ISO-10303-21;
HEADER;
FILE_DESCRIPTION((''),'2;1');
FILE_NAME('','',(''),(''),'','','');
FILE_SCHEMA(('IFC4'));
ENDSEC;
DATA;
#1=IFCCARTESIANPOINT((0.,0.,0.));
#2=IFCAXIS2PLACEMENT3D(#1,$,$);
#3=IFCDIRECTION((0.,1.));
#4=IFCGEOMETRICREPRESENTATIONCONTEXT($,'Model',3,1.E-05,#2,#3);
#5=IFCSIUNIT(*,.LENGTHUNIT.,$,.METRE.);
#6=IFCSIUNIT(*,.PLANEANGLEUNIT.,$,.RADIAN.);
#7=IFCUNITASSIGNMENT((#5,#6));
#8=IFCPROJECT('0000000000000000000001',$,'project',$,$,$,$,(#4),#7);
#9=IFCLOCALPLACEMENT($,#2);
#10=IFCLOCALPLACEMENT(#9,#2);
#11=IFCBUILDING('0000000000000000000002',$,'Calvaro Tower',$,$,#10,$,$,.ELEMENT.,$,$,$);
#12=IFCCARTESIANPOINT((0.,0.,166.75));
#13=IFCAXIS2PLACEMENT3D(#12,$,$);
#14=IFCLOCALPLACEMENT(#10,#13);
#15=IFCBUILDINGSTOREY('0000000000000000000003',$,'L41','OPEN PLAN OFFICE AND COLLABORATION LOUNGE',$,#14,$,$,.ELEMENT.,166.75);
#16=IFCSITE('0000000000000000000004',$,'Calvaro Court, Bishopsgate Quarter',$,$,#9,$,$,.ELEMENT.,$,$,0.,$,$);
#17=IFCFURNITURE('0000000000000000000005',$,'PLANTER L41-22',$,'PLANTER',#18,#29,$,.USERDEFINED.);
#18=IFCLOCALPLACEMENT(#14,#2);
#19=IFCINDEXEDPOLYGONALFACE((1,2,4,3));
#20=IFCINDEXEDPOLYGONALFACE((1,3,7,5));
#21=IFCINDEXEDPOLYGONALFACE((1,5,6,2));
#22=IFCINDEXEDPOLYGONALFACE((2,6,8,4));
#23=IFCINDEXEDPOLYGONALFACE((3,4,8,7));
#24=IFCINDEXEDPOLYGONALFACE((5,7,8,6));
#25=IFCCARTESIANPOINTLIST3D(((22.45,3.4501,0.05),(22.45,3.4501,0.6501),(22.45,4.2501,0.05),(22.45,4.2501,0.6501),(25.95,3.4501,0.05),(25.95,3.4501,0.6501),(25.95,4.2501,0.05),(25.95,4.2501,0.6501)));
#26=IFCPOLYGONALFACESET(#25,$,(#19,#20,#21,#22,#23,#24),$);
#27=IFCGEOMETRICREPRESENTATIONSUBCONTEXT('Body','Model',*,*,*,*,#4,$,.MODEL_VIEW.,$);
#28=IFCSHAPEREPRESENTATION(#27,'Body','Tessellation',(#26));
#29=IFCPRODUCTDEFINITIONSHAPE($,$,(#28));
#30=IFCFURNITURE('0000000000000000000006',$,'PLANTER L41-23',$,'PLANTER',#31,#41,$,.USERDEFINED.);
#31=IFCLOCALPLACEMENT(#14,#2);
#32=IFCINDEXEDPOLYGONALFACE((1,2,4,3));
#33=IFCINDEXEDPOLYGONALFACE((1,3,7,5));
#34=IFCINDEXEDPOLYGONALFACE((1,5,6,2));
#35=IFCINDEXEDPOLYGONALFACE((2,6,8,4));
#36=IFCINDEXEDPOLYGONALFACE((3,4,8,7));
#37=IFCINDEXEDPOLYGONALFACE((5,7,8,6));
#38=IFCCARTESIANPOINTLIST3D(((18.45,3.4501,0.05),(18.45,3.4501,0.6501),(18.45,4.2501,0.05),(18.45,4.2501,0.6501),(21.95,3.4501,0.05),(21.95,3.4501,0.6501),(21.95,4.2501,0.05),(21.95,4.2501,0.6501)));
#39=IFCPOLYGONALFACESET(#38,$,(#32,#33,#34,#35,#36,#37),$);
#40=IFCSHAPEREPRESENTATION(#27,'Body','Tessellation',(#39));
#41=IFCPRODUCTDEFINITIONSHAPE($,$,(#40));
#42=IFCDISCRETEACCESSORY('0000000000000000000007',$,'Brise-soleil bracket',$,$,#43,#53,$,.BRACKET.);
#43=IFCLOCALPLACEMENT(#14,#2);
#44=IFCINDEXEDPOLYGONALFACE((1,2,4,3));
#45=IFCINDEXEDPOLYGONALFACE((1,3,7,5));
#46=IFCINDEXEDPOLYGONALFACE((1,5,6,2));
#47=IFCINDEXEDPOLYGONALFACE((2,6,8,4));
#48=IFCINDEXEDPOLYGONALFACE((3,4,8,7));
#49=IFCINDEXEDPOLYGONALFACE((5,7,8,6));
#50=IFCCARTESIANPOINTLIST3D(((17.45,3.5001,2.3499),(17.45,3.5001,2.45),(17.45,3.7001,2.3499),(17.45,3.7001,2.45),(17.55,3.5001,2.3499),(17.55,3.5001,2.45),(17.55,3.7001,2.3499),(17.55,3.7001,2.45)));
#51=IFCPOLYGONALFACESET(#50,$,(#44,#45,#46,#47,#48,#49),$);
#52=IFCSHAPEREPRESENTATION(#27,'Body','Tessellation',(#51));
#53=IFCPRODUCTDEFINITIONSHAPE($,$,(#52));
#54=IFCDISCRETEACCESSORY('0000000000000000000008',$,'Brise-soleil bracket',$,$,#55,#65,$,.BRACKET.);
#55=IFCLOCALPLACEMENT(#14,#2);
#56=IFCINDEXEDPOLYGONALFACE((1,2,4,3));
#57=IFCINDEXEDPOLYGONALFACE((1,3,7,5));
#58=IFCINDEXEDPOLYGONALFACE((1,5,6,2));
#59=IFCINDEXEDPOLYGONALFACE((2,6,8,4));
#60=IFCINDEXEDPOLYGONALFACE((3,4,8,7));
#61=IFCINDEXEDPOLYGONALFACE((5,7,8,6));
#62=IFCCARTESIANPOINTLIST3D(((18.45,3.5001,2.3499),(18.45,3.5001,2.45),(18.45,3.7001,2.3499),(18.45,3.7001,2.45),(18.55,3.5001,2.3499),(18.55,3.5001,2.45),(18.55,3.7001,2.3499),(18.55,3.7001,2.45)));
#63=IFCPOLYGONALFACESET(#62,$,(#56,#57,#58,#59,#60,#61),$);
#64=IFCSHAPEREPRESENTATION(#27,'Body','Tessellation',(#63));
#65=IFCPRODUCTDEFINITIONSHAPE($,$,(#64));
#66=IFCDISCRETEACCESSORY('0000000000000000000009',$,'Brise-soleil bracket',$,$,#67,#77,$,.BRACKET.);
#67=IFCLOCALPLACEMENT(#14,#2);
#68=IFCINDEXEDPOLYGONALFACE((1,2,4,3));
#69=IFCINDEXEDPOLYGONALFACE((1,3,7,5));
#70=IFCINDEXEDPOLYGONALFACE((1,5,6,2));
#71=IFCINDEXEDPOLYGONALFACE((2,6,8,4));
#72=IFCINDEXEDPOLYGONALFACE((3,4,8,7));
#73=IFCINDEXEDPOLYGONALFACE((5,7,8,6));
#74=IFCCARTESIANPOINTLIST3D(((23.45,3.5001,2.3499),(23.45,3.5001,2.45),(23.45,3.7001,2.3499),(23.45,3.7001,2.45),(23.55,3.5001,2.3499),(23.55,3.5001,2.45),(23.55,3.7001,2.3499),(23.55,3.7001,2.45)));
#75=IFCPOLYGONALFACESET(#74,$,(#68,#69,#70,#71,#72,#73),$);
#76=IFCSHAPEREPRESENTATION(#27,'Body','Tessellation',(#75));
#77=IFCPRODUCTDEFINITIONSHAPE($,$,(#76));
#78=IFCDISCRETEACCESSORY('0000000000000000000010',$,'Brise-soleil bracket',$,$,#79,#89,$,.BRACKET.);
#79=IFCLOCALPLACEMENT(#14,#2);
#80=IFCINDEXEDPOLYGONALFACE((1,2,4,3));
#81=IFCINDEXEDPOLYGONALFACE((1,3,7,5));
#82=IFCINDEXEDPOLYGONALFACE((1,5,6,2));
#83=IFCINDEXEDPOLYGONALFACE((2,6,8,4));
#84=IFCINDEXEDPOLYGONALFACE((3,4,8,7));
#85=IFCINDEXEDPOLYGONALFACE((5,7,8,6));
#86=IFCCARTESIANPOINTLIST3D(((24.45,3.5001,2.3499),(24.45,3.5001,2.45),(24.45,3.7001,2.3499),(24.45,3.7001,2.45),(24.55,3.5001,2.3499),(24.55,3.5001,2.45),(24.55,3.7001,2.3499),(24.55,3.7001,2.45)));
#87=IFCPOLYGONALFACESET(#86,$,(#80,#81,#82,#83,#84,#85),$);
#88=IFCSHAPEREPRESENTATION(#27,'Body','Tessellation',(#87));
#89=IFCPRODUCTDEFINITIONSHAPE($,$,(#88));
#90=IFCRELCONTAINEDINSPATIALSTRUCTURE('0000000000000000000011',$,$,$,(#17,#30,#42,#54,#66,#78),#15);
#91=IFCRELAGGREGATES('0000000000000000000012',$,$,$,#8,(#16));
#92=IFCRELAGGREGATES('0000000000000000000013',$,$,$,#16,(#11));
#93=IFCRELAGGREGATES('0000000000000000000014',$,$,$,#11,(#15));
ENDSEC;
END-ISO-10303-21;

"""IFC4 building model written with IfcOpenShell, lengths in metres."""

from ifc_helpers import new_model, si_unit, direction, frame, origin, origin_2d, place, context, subcontext, project, spatial, rectangle, extrude, element, save


model = new_model("IFC4")

# Units and contexts
model_context = context("Model", 3, precision=1e-05, world=origin(), true_north=direction((0.0, 1.0)))
body_context = subcontext(model_context, "Body", "Model", "MODEL_VIEW")
ifc_project = project(units=[si_unit("LENGTHUNIT", "METRE"), si_unit("PLANEANGLEUNIT", "RADIAN")], contexts=[model_context])

# Site, building, storey
site_placement = place(None, origin())
site = spatial("IfcSite", under=ifc_project, at=site_placement, Name="Calvaro Court, Bishopsgate Quarter", CompositionType="ELEMENT", RefElevation=0.0)
building_placement = place(site_placement, origin())
building = spatial("IfcBuilding", under=site, at=building_placement, Name="Calvaro Tower", CompositionType="ELEMENT")
storey_placement = place(building_placement, frame((0.0, 0.0, 166.75)))
storey = spatial("IfcBuildingStorey", under=building, at=storey_placement, Name="L41", Description="OPEN PLAN OFFICE AND COLLABORATION LOUNGE", CompositionType="ELEMENT", Elevation=166.75)

# Furniture
for number, where, z_axis, x_axis, name in (
    (1, (24.2, 3.8501, 0.05), (0.0, 0.0, 1.0), (1.0, 0.0, 0.0), "PLANTER L41-22"),
    (2, (20.2, 3.8501, 0.05), (0.0, 0.0, 1.0), (1.0, 0.0, 0.0), "PLANTER L41-23"),
):
    element("IfcFurniture", number, at=place(storey_placement, frame(where, z_axis=z_axis, x_axis=x_axis)), inside=storey, Name=name, ObjectType="PLANTER", PredefinedType="USERDEFINED", context=body_context, shape_type="SweptSolid", body=[
        extrude(rectangle(XDim=3.5, YDim=0.8, at=origin_2d()), origin(), (0.0, 0.0, 1.0), 0.6001),
    ])

# Discrete accessories
for number, where, z_axis, x_axis, name in (
    (3, (17.5, 3.6001, 2.3499), (0.0, 0.0, 1.0), (1.0, 0.0, 0.0), "Brise-soleil bracket"),
    (4, (18.5, 3.6001, 2.3499), (0.0, 0.0, 1.0), (1.0, 0.0, 0.0), "Brise-soleil bracket"),
    (5, (23.5, 3.6001, 2.3499), (0.0, 0.0, 1.0), (1.0, 0.0, 0.0), "Brise-soleil bracket"),
    (6, (24.5, 3.6001, 2.3499), (0.0, 0.0, 1.0), (1.0, 0.0, 0.0), "Brise-soleil bracket"),
):
    element("IfcDiscreteAccessory", number, at=place(storey_placement, frame(where, z_axis=z_axis, x_axis=x_axis)), inside=storey, Name=name, PredefinedType="BRACKET", context=body_context, shape_type="SweptSolid", body=[
        extrude(rectangle(XDim=0.1001, YDim=0.2, at=origin_2d()), origin(), (0.0, 0.0, 1.0), 0.1001),
    ])

save(model, "model.ifc")
